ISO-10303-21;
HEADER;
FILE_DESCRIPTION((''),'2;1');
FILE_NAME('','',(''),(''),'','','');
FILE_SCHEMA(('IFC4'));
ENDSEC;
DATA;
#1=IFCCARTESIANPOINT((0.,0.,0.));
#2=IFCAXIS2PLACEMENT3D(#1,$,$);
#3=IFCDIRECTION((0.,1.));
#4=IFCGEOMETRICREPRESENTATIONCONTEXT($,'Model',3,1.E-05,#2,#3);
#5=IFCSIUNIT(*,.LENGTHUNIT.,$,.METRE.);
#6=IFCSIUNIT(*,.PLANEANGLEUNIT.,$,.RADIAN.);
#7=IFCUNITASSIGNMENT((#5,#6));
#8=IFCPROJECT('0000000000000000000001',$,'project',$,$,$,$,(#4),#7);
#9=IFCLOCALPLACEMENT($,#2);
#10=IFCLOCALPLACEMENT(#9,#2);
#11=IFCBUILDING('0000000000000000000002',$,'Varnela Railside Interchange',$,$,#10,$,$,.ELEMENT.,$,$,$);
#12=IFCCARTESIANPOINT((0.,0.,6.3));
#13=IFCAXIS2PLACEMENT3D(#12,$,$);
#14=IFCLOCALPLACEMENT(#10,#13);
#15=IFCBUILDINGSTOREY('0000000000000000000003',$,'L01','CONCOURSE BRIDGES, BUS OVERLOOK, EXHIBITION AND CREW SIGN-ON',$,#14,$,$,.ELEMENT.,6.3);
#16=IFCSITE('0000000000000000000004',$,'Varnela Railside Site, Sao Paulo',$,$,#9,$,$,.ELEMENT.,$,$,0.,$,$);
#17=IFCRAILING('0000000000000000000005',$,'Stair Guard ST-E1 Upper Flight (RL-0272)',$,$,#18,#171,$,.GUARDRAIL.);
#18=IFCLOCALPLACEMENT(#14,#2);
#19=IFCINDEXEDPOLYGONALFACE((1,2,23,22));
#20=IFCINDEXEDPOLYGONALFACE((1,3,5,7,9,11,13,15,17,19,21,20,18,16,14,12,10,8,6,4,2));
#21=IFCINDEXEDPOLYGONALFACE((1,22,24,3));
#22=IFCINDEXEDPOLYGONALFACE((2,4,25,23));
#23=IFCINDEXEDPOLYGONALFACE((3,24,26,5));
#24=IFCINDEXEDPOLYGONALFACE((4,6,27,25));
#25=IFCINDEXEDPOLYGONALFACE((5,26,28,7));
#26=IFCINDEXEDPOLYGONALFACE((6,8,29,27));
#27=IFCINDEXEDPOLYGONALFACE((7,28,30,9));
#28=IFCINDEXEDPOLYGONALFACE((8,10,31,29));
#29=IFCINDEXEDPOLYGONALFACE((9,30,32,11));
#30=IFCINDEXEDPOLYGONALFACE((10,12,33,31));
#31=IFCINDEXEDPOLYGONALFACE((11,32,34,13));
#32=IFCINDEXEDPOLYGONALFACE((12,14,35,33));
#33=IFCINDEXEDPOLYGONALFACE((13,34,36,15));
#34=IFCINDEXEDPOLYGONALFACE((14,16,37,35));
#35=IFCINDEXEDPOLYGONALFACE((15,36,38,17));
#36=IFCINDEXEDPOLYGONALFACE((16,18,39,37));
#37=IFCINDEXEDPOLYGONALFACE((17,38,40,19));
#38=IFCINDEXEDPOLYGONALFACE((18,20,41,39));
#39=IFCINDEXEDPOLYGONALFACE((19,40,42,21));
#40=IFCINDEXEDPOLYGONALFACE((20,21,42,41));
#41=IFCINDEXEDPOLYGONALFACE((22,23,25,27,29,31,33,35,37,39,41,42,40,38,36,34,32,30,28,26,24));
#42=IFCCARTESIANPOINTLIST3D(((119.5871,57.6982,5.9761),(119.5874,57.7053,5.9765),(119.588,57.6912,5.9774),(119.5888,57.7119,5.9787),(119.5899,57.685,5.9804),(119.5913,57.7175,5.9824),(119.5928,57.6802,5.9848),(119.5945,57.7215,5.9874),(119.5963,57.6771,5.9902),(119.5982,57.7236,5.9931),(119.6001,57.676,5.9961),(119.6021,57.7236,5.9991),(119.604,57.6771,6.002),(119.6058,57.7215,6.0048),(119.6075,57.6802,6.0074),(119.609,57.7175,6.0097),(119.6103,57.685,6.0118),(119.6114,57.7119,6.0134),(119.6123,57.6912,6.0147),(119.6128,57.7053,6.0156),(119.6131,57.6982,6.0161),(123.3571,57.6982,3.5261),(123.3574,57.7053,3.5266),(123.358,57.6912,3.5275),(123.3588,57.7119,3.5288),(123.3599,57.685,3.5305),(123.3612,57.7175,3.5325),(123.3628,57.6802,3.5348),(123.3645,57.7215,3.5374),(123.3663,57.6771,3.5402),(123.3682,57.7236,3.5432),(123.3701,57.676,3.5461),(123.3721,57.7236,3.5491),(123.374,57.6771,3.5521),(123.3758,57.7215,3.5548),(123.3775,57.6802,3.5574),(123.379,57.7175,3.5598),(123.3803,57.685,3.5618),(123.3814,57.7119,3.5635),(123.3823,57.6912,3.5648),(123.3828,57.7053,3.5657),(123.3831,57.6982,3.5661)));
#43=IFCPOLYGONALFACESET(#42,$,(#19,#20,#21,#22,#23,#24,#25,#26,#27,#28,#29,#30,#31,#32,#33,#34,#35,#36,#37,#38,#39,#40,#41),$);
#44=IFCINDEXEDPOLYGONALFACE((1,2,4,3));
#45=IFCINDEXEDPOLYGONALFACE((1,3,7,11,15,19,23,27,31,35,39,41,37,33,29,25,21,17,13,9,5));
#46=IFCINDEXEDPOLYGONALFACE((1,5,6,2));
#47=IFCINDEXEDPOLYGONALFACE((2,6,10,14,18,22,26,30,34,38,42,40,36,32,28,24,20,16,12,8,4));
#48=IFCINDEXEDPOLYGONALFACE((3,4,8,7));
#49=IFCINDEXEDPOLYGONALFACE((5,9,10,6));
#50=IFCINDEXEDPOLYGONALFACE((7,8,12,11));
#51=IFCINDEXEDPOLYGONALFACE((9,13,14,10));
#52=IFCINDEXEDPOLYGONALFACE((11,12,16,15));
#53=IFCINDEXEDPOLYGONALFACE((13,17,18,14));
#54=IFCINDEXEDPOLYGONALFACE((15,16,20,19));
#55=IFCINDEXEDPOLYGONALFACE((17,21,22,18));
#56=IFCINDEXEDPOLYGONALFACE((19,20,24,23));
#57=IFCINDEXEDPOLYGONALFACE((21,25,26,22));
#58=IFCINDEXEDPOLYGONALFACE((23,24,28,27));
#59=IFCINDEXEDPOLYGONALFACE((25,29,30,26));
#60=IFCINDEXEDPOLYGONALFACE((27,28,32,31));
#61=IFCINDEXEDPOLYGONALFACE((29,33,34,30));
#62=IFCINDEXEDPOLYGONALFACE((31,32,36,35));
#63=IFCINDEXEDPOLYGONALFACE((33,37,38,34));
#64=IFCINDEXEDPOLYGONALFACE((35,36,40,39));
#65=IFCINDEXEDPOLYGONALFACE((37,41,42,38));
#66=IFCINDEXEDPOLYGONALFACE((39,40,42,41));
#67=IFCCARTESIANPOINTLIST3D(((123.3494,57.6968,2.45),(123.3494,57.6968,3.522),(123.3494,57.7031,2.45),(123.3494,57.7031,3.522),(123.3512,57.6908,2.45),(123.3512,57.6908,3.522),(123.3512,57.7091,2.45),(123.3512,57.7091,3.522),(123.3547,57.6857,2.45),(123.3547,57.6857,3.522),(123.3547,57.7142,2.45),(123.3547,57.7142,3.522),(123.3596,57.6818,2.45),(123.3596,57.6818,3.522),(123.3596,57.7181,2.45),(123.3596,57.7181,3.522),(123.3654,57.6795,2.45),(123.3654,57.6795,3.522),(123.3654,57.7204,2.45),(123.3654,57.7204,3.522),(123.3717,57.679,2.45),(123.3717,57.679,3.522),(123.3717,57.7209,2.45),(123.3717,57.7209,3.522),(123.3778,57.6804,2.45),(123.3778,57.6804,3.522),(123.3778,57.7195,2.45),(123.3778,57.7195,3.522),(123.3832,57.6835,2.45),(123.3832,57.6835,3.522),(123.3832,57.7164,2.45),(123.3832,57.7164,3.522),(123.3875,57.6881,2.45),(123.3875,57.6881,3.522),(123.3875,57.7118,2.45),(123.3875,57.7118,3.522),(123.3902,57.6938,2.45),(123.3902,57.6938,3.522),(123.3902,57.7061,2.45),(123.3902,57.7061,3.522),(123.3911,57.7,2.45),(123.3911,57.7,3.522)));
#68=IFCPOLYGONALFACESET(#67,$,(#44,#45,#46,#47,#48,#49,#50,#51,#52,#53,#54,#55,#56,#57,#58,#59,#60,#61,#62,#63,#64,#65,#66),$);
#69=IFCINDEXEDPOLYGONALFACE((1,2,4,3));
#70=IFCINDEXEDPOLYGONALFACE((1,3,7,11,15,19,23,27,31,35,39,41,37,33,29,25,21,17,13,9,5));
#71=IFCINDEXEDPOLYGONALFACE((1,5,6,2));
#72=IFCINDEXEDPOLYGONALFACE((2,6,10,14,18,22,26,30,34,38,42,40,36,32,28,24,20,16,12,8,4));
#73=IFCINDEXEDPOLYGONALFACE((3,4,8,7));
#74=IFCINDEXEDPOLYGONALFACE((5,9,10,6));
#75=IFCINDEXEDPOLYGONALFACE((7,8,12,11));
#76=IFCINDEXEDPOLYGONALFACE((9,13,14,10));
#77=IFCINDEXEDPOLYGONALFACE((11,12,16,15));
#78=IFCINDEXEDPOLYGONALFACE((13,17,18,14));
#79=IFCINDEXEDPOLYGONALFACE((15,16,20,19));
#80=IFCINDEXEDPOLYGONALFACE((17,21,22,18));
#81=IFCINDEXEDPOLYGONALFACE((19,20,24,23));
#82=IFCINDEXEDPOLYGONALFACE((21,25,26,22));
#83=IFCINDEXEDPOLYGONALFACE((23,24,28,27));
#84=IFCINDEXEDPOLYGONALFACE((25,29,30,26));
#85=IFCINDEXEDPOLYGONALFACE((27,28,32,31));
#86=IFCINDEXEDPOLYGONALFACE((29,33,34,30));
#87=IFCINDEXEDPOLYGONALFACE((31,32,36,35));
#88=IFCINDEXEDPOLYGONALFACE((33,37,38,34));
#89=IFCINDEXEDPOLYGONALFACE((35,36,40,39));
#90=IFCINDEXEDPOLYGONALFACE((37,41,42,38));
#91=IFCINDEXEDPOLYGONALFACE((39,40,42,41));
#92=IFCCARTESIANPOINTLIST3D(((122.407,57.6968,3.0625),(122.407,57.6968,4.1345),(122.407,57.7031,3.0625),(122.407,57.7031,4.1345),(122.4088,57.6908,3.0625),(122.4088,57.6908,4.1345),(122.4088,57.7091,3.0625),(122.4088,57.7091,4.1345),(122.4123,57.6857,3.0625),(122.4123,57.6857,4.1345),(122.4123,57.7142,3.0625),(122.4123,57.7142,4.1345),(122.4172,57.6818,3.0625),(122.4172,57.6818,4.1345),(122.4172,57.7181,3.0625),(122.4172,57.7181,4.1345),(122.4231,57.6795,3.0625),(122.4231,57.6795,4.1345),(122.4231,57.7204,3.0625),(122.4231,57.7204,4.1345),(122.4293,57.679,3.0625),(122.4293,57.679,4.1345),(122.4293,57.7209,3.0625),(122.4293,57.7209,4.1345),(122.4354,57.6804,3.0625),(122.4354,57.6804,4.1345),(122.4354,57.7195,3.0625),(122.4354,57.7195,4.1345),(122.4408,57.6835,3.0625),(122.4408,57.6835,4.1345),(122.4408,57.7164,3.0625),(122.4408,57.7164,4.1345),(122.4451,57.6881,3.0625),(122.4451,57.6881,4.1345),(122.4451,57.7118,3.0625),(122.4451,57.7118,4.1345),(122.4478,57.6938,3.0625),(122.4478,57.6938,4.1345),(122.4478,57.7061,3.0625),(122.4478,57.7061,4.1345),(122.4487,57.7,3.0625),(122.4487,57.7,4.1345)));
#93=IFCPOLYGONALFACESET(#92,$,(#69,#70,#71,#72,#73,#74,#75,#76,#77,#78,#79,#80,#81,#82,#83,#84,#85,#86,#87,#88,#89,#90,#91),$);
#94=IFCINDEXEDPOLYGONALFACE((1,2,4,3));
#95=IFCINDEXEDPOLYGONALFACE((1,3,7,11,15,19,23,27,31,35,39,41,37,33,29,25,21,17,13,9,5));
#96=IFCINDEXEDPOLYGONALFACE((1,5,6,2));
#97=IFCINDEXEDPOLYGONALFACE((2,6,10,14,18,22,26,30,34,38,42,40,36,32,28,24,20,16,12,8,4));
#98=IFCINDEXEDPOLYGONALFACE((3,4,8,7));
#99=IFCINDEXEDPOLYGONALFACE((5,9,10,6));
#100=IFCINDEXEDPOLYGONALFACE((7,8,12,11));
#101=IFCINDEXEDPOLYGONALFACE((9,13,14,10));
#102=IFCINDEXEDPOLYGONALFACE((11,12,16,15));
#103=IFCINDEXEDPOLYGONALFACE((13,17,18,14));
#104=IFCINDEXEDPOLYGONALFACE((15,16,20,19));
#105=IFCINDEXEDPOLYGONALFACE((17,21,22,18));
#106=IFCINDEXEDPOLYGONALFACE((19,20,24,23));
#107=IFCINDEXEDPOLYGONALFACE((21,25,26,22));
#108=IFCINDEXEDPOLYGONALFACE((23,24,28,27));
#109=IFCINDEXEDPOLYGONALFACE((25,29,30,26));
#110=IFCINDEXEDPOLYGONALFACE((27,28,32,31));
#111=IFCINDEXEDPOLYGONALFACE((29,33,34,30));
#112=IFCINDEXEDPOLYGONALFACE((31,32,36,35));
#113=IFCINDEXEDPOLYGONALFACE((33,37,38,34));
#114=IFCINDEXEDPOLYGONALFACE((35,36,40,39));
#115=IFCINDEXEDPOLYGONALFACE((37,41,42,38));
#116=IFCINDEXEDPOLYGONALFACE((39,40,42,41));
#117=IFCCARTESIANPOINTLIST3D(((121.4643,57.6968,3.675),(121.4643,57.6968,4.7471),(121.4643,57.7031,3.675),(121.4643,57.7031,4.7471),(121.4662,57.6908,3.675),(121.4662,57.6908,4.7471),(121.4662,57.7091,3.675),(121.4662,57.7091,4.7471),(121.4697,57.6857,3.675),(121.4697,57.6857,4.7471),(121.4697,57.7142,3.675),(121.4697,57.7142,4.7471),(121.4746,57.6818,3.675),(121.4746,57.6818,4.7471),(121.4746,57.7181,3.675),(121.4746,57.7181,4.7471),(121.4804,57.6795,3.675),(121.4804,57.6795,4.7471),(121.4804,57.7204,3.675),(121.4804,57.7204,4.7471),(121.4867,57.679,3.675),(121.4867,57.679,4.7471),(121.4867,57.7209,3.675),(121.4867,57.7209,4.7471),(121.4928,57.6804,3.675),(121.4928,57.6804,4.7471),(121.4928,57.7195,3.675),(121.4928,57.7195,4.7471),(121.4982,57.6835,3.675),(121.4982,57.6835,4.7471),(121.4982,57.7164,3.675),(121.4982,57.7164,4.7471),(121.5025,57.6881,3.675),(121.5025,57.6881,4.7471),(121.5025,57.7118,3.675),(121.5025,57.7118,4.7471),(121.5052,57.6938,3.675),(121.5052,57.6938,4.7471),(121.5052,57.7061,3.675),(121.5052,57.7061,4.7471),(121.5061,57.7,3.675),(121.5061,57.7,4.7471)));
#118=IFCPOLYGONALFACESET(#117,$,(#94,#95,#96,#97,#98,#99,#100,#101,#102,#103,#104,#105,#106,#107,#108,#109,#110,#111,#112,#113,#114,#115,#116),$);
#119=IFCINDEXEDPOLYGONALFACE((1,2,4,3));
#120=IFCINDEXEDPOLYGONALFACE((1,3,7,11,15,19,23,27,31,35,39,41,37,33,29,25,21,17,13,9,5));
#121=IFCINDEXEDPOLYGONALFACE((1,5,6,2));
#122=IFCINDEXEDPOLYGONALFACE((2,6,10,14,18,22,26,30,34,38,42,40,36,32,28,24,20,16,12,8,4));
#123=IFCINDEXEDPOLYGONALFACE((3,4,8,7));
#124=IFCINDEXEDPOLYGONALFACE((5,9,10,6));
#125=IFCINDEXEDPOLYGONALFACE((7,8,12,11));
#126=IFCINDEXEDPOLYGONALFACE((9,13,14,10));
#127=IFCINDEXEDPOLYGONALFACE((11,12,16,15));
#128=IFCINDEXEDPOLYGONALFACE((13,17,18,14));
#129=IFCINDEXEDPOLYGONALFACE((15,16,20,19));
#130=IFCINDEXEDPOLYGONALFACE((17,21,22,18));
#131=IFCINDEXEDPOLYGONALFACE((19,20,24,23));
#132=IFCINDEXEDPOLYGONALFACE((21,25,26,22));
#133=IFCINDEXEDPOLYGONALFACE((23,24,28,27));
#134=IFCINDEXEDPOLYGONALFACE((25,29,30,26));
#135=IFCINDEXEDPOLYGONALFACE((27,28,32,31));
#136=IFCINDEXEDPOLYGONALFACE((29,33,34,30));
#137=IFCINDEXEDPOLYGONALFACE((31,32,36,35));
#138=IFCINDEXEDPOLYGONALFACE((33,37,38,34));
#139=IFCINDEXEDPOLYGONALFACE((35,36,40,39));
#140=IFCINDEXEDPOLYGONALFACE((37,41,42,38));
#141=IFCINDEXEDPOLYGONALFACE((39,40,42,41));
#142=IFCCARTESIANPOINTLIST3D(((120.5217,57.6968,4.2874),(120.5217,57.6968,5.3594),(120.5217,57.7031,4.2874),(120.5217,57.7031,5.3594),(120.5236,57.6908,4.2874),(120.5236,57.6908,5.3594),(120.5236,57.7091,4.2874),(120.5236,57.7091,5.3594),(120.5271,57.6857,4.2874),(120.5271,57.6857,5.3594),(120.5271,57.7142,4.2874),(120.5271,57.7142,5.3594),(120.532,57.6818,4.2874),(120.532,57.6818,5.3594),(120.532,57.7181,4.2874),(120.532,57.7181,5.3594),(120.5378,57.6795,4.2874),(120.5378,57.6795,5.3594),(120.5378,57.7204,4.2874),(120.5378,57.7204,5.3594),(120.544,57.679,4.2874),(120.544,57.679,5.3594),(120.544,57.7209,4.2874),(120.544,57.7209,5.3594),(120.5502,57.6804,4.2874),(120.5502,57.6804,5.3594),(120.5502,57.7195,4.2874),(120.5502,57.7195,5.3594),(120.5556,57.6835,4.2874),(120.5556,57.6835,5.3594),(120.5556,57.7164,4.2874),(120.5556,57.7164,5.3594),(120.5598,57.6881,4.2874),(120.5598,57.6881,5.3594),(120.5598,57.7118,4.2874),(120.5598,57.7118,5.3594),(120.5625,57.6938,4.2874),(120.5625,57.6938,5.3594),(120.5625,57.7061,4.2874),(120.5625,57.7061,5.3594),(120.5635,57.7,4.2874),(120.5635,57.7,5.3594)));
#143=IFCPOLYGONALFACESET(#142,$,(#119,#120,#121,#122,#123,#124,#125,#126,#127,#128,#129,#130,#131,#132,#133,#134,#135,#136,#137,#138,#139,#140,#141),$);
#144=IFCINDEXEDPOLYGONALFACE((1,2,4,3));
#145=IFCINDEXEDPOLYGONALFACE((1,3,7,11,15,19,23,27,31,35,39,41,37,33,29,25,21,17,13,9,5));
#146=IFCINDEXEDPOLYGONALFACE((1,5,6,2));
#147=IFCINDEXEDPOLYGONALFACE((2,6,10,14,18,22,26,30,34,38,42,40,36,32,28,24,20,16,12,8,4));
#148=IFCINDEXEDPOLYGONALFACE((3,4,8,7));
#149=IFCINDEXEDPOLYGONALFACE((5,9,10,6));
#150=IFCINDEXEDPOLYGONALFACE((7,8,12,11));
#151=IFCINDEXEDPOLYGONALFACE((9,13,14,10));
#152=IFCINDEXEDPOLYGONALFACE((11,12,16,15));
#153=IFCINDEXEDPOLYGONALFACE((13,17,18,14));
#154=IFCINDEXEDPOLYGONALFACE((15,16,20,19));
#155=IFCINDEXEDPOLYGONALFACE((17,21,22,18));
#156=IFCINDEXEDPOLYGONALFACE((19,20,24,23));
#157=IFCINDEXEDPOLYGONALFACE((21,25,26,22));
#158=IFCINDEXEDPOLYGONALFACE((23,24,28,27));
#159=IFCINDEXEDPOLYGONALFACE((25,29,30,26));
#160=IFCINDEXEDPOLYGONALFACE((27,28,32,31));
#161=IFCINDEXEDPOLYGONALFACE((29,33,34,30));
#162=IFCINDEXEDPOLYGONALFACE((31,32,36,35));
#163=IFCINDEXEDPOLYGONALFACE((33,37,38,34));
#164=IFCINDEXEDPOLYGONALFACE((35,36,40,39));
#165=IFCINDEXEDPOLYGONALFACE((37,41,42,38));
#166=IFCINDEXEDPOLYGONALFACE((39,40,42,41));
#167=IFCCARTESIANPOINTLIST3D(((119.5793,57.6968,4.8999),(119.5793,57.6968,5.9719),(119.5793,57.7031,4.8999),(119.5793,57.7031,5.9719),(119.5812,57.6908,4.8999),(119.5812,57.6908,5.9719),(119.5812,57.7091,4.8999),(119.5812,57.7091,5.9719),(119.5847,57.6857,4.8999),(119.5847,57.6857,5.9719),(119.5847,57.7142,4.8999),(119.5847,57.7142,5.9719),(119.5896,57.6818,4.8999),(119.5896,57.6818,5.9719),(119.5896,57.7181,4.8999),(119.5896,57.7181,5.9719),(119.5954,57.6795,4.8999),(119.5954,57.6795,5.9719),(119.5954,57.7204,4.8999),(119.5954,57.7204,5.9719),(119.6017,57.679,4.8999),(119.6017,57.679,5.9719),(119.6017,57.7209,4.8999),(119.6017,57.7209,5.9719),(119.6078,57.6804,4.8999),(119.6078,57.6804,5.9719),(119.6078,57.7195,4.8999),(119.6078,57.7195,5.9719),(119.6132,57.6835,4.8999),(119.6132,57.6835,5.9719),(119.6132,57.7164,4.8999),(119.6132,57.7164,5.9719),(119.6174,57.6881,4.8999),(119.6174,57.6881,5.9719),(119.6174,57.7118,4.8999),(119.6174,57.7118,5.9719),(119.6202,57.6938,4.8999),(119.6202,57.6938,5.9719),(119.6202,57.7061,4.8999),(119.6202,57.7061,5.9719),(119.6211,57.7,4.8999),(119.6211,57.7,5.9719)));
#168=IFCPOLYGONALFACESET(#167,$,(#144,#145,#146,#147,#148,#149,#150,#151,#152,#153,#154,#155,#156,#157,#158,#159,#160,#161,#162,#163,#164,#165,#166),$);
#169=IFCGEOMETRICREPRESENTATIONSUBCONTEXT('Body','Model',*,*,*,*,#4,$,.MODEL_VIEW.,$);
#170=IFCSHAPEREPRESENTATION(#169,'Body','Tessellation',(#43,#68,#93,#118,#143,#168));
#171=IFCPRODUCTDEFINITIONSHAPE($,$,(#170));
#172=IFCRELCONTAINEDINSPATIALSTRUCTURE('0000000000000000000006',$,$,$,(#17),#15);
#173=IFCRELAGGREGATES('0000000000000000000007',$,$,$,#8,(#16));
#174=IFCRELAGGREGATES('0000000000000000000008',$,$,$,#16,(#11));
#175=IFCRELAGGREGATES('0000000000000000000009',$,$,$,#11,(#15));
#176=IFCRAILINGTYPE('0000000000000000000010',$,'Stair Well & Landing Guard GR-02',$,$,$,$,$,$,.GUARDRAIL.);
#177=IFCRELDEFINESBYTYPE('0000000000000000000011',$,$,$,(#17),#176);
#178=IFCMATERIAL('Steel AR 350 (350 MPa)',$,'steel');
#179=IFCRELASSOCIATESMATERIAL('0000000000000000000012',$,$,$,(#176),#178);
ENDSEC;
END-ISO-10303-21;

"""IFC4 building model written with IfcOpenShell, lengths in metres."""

from ifc_helpers import new_model, si_unit, direction, frame, origin, origin_2d, place, context, subcontext, project, spatial, circle, extrude, material, type_object, element, save


model = new_model("IFC4")

# Units and contexts
model_context = context("Model", 3, precision=1e-05, world=origin(), true_north=direction((0.0, 1.0)))
body_context = subcontext(model_context, "Body", "Model", "MODEL_VIEW")
ifc_project = project(units=[si_unit("LENGTHUNIT", "METRE"), si_unit("PLANEANGLEUNIT", "RADIAN")], contexts=[model_context])

# Site, building, storey
site_placement = place(None, origin())
site = spatial("IfcSite", under=ifc_project, at=site_placement, Name="Varnela Railside Site, Sao Paulo", CompositionType="ELEMENT", RefElevation=0.0)
building_placement = place(site_placement, origin())
building = spatial("IfcBuilding", under=site, at=building_placement, Name="Varnela Railside Interchange", CompositionType="ELEMENT")
storey_placement = place(building_placement, frame((0.0, 0.0, 6.3)))
storey = spatial("IfcBuildingStorey", under=building, at=storey_placement, Name="L01", Description="CONCOURSE BRIDGES, BUS OVERLOOK, EXHIBITION AND CREW SIGN-ON", CompositionType="ELEMENT", Elevation=6.3)

# Shared definitions
ifc_material_1 = material(Name="Steel AR 350 (350 MPa)", Category="steel")

# Railing
railing_type_1 = type_object("IfcRailingType", Name="Stair Well & Landing Guard GR-02", PredefinedType="GUARDRAIL", material=ifc_material_1)
railing_1_placement = place(storey_placement, frame((123.3701, 57.7, 2.45)))
element("IfcRailing", 1, at=railing_1_placement, inside=storey, type_object=railing_type_1, Name="Stair Guard ST-E1 Upper Flight (RL-0272)", PredefinedType="GUARDRAIL", context=body_context, shape_type="SweptSolid", body=[
    extrude(circle(Radius=0.0239, at=origin_2d()), frame((0.0, 0.0, 1.0962), z_axis=(-0.838501, 0.0, 0.544901), x_axis=(0.0, -1.0, 0.0)), (0.0, 0.0, 1.0), 4.4961),
    extrude(circle(Radius=0.021, at=origin_2d()), origin(), (0.0, 0.0, 1.0), 1.072),
    extrude(circle(Radius=0.021, at=origin_2d()), frame((-0.9424, 0.0, 0.6125)), (0.0, 0.0, 1.0), 1.072),
    extrude(circle(Radius=0.021, at=origin_2d()), frame((-1.885, 0.0, 1.2251)), (0.0, 0.0, 1.0), 1.072),
    extrude(circle(Radius=0.021, at=origin_2d()), frame((-2.8276, 0.0, 1.8374)), (0.0, 0.0, 1.0), 1.072),
    extrude(circle(Radius=0.021, at=origin_2d()), frame((-3.77, 0.0, 2.45)), (0.0, 0.0, 1.0), 1.072),
])

save(model, "model.ifc")
